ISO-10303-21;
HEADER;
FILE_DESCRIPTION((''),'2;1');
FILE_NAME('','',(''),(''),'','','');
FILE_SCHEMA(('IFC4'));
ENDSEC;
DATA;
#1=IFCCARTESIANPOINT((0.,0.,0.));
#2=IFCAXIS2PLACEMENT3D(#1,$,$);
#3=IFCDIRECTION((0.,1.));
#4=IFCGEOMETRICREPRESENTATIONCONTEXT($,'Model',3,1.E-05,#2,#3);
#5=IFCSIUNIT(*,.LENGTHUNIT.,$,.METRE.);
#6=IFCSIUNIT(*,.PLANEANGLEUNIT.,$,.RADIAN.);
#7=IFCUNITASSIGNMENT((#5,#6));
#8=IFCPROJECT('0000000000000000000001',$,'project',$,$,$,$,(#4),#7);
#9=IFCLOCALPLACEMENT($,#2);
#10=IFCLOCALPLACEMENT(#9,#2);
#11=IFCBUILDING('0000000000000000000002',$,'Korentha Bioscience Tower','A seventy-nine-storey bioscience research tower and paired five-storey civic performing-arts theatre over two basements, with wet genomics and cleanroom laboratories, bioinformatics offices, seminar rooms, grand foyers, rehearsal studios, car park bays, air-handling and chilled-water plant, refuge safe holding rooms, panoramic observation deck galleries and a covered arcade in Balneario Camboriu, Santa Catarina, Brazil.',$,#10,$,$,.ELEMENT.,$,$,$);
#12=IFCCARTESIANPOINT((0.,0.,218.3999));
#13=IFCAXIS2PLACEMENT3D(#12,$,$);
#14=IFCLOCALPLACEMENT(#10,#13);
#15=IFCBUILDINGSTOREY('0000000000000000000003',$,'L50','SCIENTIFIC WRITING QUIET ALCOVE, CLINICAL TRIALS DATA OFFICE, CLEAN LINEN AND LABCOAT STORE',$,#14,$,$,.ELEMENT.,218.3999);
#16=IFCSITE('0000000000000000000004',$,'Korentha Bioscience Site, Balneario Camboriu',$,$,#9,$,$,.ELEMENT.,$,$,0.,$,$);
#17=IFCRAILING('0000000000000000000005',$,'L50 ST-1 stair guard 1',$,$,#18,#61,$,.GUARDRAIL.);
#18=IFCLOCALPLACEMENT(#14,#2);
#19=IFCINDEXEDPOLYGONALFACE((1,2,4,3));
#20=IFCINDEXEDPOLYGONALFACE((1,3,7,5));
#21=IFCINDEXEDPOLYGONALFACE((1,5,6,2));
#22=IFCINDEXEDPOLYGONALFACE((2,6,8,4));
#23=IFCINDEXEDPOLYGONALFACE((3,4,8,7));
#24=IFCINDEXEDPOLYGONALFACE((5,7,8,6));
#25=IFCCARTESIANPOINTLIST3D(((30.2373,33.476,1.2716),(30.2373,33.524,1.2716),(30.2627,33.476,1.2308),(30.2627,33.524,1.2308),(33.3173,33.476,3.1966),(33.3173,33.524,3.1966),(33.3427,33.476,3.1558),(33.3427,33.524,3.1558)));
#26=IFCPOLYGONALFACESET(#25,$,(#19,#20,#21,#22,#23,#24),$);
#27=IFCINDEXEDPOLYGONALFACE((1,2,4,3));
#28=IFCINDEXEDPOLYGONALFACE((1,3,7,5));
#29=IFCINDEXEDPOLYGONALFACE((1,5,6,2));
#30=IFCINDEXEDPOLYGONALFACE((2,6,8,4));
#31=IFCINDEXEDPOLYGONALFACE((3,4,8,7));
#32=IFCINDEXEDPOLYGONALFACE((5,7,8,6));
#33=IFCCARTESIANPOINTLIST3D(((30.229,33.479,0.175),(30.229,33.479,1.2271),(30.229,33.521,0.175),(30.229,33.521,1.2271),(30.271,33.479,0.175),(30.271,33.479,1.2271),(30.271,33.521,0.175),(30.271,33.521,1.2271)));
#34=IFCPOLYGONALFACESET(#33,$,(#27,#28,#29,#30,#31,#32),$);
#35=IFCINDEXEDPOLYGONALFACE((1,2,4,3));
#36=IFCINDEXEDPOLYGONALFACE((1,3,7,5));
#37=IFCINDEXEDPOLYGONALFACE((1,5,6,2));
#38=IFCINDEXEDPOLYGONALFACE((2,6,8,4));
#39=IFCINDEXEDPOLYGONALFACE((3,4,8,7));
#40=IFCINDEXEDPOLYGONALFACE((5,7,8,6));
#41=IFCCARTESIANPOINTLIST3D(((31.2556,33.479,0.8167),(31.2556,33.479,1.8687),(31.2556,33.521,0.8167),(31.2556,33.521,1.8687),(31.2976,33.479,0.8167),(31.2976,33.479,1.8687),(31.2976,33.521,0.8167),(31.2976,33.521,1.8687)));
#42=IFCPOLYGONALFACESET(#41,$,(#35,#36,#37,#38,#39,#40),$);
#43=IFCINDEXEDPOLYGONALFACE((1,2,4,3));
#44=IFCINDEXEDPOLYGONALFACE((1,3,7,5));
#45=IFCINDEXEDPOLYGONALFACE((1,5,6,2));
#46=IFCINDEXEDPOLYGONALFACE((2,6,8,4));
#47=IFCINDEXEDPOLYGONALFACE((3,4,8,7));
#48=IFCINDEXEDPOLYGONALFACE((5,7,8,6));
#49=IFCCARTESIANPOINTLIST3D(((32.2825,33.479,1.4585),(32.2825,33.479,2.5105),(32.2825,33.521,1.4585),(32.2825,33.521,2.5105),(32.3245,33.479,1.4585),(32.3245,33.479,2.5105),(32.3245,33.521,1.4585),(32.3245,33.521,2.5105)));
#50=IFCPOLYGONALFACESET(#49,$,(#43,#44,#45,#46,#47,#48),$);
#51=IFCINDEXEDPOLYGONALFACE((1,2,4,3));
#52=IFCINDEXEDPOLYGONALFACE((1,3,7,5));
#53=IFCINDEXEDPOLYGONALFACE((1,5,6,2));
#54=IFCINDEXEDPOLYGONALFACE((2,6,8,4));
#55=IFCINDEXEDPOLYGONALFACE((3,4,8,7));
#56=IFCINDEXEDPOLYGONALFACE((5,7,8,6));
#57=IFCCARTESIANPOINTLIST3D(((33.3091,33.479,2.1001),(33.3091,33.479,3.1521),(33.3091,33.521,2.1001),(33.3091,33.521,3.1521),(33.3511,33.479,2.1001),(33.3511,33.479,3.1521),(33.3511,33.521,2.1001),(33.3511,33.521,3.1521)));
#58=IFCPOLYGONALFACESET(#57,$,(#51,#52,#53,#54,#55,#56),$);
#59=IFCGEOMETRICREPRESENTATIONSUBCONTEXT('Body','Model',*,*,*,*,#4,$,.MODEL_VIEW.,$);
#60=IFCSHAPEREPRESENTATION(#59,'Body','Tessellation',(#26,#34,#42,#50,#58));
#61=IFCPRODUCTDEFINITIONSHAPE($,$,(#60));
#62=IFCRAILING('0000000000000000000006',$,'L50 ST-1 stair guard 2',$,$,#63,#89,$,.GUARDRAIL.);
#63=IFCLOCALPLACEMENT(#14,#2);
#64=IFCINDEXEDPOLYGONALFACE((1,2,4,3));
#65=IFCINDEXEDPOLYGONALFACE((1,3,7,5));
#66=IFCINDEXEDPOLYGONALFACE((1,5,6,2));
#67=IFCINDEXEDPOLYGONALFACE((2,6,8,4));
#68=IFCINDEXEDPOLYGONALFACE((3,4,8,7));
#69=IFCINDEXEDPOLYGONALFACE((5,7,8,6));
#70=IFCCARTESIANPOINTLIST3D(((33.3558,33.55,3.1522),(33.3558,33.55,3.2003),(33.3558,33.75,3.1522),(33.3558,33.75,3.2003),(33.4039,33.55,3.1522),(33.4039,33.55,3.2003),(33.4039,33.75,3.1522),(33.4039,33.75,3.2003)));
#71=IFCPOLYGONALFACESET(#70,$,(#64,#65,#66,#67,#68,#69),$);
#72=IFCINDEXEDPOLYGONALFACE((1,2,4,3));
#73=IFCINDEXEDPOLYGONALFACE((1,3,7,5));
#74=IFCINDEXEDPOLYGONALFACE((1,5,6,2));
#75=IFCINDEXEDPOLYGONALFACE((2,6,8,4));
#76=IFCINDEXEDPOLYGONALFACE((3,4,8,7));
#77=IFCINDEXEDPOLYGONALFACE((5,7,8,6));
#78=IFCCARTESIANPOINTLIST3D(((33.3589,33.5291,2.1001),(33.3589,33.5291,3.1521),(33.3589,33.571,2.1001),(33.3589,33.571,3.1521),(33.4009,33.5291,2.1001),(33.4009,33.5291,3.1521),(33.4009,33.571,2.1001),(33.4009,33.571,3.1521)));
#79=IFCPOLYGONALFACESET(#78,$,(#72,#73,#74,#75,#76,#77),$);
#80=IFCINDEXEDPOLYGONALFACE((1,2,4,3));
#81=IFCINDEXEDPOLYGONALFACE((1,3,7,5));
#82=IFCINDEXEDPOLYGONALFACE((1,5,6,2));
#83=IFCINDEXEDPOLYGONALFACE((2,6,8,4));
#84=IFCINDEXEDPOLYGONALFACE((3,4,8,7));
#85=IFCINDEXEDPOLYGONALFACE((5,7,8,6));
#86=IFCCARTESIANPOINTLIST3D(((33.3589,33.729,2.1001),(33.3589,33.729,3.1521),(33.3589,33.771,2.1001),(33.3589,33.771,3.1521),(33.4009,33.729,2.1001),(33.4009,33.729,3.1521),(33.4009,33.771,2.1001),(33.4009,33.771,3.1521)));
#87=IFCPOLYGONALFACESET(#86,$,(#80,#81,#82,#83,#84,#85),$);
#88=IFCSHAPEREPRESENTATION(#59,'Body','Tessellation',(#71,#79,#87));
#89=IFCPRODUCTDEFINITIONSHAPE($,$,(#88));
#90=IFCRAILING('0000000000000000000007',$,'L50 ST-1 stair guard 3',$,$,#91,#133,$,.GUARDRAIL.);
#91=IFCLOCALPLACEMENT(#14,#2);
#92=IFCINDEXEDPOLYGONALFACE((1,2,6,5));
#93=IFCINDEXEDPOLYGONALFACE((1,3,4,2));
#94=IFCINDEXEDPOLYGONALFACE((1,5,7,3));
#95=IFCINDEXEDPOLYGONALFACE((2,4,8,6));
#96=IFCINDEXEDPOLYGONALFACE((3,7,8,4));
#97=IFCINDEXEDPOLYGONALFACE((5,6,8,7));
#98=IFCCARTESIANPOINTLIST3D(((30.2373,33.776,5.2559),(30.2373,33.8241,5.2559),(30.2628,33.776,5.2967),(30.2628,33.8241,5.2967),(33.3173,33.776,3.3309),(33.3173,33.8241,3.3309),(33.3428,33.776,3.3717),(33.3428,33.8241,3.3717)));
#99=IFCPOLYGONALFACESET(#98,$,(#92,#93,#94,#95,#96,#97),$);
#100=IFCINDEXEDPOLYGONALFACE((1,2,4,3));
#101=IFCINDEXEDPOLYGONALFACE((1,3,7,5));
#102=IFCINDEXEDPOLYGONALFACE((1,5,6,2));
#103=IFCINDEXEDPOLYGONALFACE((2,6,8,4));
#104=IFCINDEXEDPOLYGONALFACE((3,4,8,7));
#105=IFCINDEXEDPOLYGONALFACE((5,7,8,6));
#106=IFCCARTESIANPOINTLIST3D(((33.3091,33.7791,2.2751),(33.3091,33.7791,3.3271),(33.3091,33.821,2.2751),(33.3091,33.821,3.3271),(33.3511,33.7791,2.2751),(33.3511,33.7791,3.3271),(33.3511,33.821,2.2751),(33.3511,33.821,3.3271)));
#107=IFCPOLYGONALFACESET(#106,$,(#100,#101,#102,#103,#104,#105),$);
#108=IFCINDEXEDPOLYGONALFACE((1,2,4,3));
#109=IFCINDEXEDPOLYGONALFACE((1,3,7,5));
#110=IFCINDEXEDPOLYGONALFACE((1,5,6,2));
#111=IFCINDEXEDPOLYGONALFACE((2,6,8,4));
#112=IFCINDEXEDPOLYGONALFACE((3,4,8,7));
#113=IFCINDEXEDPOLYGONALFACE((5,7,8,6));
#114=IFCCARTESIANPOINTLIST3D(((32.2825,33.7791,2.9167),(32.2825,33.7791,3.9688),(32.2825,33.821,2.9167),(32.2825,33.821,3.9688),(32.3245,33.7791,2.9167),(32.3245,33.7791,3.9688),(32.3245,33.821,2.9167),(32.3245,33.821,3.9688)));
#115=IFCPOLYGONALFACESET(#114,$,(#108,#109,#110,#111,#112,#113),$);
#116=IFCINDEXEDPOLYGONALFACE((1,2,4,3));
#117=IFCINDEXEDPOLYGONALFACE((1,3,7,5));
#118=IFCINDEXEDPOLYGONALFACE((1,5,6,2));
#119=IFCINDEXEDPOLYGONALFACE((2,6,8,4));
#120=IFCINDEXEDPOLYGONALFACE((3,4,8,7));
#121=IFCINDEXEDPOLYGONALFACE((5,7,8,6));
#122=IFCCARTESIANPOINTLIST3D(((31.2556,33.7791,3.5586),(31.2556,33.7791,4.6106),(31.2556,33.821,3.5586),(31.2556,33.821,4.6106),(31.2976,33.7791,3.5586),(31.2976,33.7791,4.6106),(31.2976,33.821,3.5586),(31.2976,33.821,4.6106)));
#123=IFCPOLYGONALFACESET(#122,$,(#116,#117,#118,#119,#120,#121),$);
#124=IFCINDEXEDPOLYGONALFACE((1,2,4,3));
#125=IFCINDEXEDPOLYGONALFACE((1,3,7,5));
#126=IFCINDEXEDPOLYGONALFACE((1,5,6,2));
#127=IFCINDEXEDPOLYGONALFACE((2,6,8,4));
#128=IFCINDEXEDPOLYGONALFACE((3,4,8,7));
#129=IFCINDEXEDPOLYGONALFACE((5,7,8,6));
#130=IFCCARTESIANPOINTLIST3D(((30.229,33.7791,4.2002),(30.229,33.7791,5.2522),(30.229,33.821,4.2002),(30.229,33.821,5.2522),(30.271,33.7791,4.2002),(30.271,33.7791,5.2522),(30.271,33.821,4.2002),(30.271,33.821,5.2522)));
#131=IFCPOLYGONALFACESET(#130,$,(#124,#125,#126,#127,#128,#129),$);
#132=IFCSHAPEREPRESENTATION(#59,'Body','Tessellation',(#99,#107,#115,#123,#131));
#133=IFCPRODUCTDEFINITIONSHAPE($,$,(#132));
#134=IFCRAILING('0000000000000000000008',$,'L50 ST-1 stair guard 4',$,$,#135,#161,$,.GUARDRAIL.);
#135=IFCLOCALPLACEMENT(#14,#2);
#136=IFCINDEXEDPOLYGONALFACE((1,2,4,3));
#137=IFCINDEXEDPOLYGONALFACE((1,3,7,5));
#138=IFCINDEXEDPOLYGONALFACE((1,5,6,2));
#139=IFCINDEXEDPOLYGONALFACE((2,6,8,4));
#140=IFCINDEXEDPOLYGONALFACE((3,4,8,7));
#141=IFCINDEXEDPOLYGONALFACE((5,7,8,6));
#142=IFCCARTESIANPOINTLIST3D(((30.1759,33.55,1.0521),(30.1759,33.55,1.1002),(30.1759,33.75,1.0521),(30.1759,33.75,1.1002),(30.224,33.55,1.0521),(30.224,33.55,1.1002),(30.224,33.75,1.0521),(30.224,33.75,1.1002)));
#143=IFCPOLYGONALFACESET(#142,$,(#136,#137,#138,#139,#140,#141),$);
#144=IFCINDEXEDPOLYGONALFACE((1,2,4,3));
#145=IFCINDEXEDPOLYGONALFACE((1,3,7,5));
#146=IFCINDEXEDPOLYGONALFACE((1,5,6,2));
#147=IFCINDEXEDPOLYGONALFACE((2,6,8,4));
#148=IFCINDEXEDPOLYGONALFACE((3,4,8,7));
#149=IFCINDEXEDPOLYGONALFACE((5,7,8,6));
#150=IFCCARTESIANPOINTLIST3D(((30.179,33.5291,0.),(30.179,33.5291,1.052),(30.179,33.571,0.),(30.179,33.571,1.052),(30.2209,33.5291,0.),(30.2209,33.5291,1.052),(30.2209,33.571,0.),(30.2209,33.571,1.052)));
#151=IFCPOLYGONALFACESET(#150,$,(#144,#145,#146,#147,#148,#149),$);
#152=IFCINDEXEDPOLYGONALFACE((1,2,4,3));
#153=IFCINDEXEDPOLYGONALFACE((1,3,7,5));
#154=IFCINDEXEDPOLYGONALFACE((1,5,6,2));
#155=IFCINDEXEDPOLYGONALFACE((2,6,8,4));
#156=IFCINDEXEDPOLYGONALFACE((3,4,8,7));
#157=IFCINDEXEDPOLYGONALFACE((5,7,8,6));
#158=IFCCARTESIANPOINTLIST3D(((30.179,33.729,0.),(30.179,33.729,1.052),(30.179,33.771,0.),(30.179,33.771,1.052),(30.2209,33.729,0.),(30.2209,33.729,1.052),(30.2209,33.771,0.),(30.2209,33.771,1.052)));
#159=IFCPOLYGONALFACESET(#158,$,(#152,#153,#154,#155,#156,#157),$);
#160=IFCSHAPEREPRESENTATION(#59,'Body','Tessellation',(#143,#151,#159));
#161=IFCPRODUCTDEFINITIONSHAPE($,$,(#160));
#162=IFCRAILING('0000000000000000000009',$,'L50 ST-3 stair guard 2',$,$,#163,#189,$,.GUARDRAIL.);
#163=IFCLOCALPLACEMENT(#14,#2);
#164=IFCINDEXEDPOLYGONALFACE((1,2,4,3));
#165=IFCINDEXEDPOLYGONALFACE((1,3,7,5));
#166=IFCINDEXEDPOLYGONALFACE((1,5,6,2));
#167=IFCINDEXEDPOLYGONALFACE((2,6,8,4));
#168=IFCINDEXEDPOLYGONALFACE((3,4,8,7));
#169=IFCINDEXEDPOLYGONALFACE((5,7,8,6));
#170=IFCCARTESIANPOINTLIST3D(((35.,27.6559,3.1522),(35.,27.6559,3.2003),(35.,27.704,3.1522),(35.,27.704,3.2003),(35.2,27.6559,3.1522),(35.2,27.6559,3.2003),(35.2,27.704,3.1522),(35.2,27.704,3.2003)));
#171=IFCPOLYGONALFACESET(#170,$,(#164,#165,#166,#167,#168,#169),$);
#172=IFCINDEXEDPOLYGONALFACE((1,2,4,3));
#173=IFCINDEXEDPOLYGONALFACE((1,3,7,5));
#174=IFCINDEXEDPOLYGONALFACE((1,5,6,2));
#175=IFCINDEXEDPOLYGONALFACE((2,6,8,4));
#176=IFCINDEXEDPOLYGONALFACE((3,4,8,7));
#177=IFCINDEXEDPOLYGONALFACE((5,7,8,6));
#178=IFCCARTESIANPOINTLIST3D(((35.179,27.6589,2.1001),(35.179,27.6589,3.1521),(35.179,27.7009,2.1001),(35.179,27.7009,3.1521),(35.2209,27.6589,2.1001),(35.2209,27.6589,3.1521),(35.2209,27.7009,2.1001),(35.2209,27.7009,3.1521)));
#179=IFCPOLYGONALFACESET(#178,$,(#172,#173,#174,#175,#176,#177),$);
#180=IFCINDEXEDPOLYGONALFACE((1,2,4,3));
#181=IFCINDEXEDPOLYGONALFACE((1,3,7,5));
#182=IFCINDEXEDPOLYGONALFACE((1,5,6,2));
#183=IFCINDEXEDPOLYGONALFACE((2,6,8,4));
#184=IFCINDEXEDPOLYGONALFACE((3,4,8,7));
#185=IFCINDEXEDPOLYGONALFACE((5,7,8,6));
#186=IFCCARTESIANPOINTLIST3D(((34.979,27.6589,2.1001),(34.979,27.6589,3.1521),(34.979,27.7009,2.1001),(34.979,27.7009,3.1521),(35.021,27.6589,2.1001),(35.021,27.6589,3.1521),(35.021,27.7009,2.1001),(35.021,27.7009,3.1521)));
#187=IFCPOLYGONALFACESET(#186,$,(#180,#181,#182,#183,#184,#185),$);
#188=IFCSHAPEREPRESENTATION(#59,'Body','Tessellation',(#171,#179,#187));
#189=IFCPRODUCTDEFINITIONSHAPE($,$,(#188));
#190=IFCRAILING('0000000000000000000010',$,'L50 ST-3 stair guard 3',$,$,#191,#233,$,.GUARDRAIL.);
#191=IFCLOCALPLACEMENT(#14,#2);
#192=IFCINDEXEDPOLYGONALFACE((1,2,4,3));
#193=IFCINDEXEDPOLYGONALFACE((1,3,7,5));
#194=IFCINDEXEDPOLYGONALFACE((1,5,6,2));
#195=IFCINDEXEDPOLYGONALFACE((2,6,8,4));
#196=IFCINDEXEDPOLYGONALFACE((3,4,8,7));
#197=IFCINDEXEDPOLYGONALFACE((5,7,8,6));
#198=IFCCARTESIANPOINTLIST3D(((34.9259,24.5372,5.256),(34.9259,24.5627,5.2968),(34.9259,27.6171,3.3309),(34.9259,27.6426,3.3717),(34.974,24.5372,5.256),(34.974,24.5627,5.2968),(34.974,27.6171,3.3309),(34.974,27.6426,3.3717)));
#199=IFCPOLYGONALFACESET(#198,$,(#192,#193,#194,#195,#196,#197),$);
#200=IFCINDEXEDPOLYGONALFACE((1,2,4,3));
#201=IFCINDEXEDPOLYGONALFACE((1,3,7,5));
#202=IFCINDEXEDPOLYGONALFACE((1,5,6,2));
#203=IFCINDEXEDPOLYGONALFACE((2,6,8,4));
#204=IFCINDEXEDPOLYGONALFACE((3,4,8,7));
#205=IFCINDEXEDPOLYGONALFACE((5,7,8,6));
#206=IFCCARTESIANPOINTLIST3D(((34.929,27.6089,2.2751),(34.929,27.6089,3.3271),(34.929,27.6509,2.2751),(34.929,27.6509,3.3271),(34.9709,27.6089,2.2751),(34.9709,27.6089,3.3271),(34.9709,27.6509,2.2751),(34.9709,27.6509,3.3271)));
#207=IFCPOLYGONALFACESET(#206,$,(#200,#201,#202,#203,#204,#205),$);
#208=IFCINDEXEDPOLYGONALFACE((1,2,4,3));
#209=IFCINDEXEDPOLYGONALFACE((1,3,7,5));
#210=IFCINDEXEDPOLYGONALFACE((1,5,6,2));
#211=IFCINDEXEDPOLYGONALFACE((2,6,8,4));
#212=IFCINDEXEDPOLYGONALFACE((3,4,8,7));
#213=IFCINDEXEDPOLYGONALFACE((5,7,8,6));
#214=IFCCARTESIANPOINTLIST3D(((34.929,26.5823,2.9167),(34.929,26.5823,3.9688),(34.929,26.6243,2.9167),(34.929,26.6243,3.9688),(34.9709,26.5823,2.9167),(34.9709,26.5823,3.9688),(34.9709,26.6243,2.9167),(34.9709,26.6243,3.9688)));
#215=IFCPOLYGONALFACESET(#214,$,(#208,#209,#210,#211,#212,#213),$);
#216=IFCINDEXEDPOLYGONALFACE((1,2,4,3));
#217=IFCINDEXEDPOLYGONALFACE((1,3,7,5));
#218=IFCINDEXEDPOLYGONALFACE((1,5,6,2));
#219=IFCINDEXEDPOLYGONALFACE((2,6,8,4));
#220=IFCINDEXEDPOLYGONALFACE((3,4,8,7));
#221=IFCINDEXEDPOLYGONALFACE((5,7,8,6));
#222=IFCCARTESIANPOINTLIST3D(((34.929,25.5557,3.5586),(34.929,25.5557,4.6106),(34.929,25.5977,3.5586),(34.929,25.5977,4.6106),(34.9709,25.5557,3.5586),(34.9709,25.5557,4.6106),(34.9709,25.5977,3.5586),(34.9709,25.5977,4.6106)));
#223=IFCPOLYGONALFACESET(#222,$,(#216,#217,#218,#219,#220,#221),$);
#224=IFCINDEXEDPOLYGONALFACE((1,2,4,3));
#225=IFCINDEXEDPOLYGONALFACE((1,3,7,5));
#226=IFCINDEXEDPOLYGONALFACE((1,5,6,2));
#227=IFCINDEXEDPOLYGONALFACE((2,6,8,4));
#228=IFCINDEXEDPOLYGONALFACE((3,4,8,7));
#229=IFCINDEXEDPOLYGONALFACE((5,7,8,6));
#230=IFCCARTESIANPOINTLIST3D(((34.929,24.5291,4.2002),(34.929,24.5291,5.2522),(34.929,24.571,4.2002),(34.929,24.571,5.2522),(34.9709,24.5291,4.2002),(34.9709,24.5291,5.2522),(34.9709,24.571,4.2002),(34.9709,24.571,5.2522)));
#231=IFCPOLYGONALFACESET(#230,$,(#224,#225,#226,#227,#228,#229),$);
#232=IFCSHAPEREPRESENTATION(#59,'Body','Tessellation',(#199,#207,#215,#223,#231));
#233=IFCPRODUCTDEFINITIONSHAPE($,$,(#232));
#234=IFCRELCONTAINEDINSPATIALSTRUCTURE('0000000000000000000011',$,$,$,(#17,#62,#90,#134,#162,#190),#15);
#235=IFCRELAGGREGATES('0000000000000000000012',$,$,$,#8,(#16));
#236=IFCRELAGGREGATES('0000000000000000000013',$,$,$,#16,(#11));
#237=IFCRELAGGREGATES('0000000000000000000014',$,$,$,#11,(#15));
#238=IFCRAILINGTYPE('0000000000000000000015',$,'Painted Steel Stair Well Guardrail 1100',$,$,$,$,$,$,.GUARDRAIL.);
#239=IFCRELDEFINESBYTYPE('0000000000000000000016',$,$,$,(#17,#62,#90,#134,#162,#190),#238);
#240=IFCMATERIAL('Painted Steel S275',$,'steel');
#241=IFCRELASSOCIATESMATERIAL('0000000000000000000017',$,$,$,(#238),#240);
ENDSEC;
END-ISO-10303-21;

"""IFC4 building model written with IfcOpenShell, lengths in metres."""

from ifc_helpers import new_model, si_unit, direction, frame, origin, origin_2d, place, context, subcontext, project, spatial, rectangle, extrude, material, type_object, element, save


model = new_model("IFC4")

# Units and contexts
model_context = context("Model", 3, precision=1e-05, world=origin(), true_north=direction((0.0, 1.0)))
body_context = subcontext(model_context, "Body", "Model", "MODEL_VIEW")
ifc_project = project(units=[si_unit("LENGTHUNIT", "METRE"), si_unit("PLANEANGLEUNIT", "RADIAN")], contexts=[model_context])

# Site, building, storey
site_placement = place(None, origin())
site = spatial("IfcSite", under=ifc_project, at=site_placement, Name="Korentha Bioscience Site, Balneario Camboriu", CompositionType="ELEMENT", RefElevation=0.0)
building_placement = place(site_placement, origin())
building = spatial("IfcBuilding", under=site, at=building_placement, Name="Korentha Bioscience Tower", Description="A seventy-nine-storey bioscience research tower and paired five-storey civic performing-arts theatre over two basements, with wet genomics and cleanroom laboratories, bioinformatics offices, seminar rooms, grand foyers, rehearsal studios, car park bays, air-handling and chilled-water plant, refuge safe holding rooms, panoramic observation deck galleries and a covered arcade in Balneario Camboriu, Santa Catarina, Brazil.", CompositionType="ELEMENT")
storey_placement = place(building_placement, frame((0.0, 0.0, 218.3999)))
storey = spatial("IfcBuildingStorey", under=building, at=storey_placement, Name="L50", Description="SCIENTIFIC WRITING QUIET ALCOVE, CLINICAL TRIALS DATA OFFICE, CLEAN LINEN AND LABCOAT STORE", CompositionType="ELEMENT", Elevation=218.3999)

# Railings
ifc_material_1 = material(Name="Painted Steel S275", Category="steel")
railing_type_1 = type_object("IfcRailingType", Name="Painted Steel Stair Well Guardrail 1100", PredefinedType="GUARDRAIL", material=ifc_material_1)
railing_1_placement = place(storey_placement, frame((30.25, 33.5, 0.175)))
element("IfcRailing", 1, at=railing_1_placement, inside=storey, type_object=railing_type_1, Name="L50 ST-1 stair guard 1", PredefinedType="GUARDRAIL", context=body_context, shape_type="SweptSolid", body=[
    extrude(rectangle(XDim=0.0481, YDim=0.0481, at=origin_2d()), frame((0.0, 0.0, 1.0762), z_axis=(0.847998, 0.0, 0.529999), x_axis=(0.0, 1.0, 0.0)), (0.0, 0.0, 1.0), 3.6321),
    extrude(rectangle(XDim=0.042, YDim=0.042, at=origin_2d()), origin(), (0.0, 0.0, 1.0), 1.052),
    extrude(rectangle(XDim=0.042, YDim=0.042, at=origin_2d()), frame((1.0266, 0.0, 0.6416)), (0.0, 0.0, 1.0), 1.052),
    extrude(rectangle(XDim=0.042, YDim=0.042, at=origin_2d()), frame((2.0535, 0.0, 1.2834)), (0.0, 0.0, 1.0), 1.052),
    extrude(rectangle(XDim=0.042, YDim=0.042, at=origin_2d()), frame((3.0801, 0.0, 1.925)), (0.0, 0.0, 1.0), 1.052),
])
railing_2_placement = place(storey_placement, frame((33.3799, 33.55, 2.1001)))
element("IfcRailing", 2, at=railing_2_placement, inside=storey, type_object=railing_type_1, Name="L50 ST-1 stair guard 2", PredefinedType="GUARDRAIL", context=body_context, shape_type="SweptSolid", body=[
    extrude(rectangle(XDim=0.0481, YDim=0.0481, at=origin_2d()), frame((0.0, 0.0, 1.0762), z_axis=(0.0, 1.0, 0.0), x_axis=(-1.0, 0.0, 0.0)), (0.0, 0.0, 1.0), 0.2),
    extrude(rectangle(XDim=0.042, YDim=0.042, at=origin_2d()), origin(), (0.0, 0.0, 1.0), 1.052),
    extrude(rectangle(XDim=0.042, YDim=0.042, at=origin_2d()), frame((0.0, 0.2, 0.0)), (0.0, 0.0, 1.0), 1.052),
])
railing_3_placement = place(storey_placement, frame((33.3301, 33.8, 2.2751)))
element("IfcRailing", 3, at=railing_3_placement, inside=storey, type_object=railing_type_1, Name="L50 ST-1 stair guard 3", PredefinedType="GUARDRAIL", context=body_context, shape_type="SweptSolid", body=[
    extrude(rectangle(XDim=0.0481, YDim=0.0481, at=origin_2d()), frame((0.0, 0.0, 1.0762), z_axis=(-0.847998, 0.0, 0.529999), x_axis=(0.0, -1.0, 0.0)), (0.0, 0.0, 1.0), 3.6321),
    extrude(rectangle(XDim=0.042, YDim=0.042, at=origin_2d()), origin(), (0.0, 0.0, 1.0), 1.052),
    extrude(rectangle(XDim=0.042, YDim=0.042, at=origin_2d()), frame((-1.0266, 0.0, 0.6416)), (0.0, 0.0, 1.0), 1.052),
    extrude(rectangle(XDim=0.042, YDim=0.042, at=origin_2d()), frame((-2.0535, 0.0, 1.2834)), (0.0, 0.0, 1.0), 1.052),
    extrude(rectangle(XDim=0.042, YDim=0.042, at=origin_2d()), frame((-3.0801, 0.0, 1.925)), (0.0, 0.0, 1.0), 1.052),
])
railing_4_placement = place(storey_placement, frame((30.2, 33.55, 0.0)))
element("IfcRailing", 4, at=railing_4_placement, inside=storey, type_object=railing_type_1, Name="L50 ST-1 stair guard 4", PredefinedType="GUARDRAIL", context=body_context, shape_type="SweptSolid", body=[
    extrude(rectangle(XDim=0.0481, YDim=0.0481, at=origin_2d()), frame((0.0, 0.0, 1.0762), z_axis=(0.0, 1.0, 0.0), x_axis=(-1.0, 0.0, 0.0)), (0.0, 0.0, 1.0), 0.2),
    extrude(rectangle(XDim=0.042, YDim=0.042, at=origin_2d()), origin(), (0.0, 0.0, 1.0), 1.052),
    extrude(rectangle(XDim=0.042, YDim=0.042, at=origin_2d()), frame((0.0, 0.2, 0.0)), (0.0, 0.0, 1.0), 1.052),
])
railing_5_placement = place(storey_placement, frame((35.2, 27.6799, 2.1001)))
element("IfcRailing", 5, at=railing_5_placement, inside=storey, type_object=railing_type_1, Name="L50 ST-3 stair guard 2", PredefinedType="GUARDRAIL", context=body_context, shape_type="SweptSolid", body=[
    extrude(rectangle(XDim=0.0481, YDim=0.0481, at=origin_2d()), frame((0.0, 0.0, 1.0762), z_axis=(-1.0, 0.0, 0.0), x_axis=(0.0, -1.0, 0.0)), (0.0, 0.0, 1.0), 0.2),
    extrude(rectangle(XDim=0.042, YDim=0.042, at=origin_2d()), origin(), (0.0, 0.0, 1.0), 1.052),
    extrude(rectangle(XDim=0.042, YDim=0.042, at=origin_2d()), frame((-0.2, 0.0, 0.0)), (0.0, 0.0, 1.0), 1.052),
])
railing_6_placement = place(storey_placement, frame((34.95, 27.6299, 2.2751)))
element("IfcRailing", 6, at=railing_6_placement, inside=storey, type_object=railing_type_1, Name="L50 ST-3 stair guard 3", PredefinedType="GUARDRAIL", context=body_context, shape_type="SweptSolid", body=[
    extrude(rectangle(XDim=0.0481, YDim=0.0481, at=origin_2d()), frame((0.0, 0.0, 1.0762), z_axis=(0.0, -0.847979, 0.530029), x_axis=(1.0, 0.0, 0.0)), (0.0, 0.0, 1.0), 3.6321),
    extrude(rectangle(XDim=0.042, YDim=0.042, at=origin_2d()), origin(), (0.0, 0.0, 1.0), 1.052),
    extrude(rectangle(XDim=0.042, YDim=0.042, at=origin_2d()), frame((0.0, -1.0266, 0.6416)), (0.0, 0.0, 1.0), 1.052),
    extrude(rectangle(XDim=0.042, YDim=0.042, at=origin_2d()), frame((0.0, -2.0532, 1.2834)), (0.0, 0.0, 1.0), 1.052),
    extrude(rectangle(XDim=0.042, YDim=0.042, at=origin_2d()), frame((0.0, -3.0798, 1.925)), (0.0, 0.0, 1.0), 1.052),
])

save(model, "model.ifc")
